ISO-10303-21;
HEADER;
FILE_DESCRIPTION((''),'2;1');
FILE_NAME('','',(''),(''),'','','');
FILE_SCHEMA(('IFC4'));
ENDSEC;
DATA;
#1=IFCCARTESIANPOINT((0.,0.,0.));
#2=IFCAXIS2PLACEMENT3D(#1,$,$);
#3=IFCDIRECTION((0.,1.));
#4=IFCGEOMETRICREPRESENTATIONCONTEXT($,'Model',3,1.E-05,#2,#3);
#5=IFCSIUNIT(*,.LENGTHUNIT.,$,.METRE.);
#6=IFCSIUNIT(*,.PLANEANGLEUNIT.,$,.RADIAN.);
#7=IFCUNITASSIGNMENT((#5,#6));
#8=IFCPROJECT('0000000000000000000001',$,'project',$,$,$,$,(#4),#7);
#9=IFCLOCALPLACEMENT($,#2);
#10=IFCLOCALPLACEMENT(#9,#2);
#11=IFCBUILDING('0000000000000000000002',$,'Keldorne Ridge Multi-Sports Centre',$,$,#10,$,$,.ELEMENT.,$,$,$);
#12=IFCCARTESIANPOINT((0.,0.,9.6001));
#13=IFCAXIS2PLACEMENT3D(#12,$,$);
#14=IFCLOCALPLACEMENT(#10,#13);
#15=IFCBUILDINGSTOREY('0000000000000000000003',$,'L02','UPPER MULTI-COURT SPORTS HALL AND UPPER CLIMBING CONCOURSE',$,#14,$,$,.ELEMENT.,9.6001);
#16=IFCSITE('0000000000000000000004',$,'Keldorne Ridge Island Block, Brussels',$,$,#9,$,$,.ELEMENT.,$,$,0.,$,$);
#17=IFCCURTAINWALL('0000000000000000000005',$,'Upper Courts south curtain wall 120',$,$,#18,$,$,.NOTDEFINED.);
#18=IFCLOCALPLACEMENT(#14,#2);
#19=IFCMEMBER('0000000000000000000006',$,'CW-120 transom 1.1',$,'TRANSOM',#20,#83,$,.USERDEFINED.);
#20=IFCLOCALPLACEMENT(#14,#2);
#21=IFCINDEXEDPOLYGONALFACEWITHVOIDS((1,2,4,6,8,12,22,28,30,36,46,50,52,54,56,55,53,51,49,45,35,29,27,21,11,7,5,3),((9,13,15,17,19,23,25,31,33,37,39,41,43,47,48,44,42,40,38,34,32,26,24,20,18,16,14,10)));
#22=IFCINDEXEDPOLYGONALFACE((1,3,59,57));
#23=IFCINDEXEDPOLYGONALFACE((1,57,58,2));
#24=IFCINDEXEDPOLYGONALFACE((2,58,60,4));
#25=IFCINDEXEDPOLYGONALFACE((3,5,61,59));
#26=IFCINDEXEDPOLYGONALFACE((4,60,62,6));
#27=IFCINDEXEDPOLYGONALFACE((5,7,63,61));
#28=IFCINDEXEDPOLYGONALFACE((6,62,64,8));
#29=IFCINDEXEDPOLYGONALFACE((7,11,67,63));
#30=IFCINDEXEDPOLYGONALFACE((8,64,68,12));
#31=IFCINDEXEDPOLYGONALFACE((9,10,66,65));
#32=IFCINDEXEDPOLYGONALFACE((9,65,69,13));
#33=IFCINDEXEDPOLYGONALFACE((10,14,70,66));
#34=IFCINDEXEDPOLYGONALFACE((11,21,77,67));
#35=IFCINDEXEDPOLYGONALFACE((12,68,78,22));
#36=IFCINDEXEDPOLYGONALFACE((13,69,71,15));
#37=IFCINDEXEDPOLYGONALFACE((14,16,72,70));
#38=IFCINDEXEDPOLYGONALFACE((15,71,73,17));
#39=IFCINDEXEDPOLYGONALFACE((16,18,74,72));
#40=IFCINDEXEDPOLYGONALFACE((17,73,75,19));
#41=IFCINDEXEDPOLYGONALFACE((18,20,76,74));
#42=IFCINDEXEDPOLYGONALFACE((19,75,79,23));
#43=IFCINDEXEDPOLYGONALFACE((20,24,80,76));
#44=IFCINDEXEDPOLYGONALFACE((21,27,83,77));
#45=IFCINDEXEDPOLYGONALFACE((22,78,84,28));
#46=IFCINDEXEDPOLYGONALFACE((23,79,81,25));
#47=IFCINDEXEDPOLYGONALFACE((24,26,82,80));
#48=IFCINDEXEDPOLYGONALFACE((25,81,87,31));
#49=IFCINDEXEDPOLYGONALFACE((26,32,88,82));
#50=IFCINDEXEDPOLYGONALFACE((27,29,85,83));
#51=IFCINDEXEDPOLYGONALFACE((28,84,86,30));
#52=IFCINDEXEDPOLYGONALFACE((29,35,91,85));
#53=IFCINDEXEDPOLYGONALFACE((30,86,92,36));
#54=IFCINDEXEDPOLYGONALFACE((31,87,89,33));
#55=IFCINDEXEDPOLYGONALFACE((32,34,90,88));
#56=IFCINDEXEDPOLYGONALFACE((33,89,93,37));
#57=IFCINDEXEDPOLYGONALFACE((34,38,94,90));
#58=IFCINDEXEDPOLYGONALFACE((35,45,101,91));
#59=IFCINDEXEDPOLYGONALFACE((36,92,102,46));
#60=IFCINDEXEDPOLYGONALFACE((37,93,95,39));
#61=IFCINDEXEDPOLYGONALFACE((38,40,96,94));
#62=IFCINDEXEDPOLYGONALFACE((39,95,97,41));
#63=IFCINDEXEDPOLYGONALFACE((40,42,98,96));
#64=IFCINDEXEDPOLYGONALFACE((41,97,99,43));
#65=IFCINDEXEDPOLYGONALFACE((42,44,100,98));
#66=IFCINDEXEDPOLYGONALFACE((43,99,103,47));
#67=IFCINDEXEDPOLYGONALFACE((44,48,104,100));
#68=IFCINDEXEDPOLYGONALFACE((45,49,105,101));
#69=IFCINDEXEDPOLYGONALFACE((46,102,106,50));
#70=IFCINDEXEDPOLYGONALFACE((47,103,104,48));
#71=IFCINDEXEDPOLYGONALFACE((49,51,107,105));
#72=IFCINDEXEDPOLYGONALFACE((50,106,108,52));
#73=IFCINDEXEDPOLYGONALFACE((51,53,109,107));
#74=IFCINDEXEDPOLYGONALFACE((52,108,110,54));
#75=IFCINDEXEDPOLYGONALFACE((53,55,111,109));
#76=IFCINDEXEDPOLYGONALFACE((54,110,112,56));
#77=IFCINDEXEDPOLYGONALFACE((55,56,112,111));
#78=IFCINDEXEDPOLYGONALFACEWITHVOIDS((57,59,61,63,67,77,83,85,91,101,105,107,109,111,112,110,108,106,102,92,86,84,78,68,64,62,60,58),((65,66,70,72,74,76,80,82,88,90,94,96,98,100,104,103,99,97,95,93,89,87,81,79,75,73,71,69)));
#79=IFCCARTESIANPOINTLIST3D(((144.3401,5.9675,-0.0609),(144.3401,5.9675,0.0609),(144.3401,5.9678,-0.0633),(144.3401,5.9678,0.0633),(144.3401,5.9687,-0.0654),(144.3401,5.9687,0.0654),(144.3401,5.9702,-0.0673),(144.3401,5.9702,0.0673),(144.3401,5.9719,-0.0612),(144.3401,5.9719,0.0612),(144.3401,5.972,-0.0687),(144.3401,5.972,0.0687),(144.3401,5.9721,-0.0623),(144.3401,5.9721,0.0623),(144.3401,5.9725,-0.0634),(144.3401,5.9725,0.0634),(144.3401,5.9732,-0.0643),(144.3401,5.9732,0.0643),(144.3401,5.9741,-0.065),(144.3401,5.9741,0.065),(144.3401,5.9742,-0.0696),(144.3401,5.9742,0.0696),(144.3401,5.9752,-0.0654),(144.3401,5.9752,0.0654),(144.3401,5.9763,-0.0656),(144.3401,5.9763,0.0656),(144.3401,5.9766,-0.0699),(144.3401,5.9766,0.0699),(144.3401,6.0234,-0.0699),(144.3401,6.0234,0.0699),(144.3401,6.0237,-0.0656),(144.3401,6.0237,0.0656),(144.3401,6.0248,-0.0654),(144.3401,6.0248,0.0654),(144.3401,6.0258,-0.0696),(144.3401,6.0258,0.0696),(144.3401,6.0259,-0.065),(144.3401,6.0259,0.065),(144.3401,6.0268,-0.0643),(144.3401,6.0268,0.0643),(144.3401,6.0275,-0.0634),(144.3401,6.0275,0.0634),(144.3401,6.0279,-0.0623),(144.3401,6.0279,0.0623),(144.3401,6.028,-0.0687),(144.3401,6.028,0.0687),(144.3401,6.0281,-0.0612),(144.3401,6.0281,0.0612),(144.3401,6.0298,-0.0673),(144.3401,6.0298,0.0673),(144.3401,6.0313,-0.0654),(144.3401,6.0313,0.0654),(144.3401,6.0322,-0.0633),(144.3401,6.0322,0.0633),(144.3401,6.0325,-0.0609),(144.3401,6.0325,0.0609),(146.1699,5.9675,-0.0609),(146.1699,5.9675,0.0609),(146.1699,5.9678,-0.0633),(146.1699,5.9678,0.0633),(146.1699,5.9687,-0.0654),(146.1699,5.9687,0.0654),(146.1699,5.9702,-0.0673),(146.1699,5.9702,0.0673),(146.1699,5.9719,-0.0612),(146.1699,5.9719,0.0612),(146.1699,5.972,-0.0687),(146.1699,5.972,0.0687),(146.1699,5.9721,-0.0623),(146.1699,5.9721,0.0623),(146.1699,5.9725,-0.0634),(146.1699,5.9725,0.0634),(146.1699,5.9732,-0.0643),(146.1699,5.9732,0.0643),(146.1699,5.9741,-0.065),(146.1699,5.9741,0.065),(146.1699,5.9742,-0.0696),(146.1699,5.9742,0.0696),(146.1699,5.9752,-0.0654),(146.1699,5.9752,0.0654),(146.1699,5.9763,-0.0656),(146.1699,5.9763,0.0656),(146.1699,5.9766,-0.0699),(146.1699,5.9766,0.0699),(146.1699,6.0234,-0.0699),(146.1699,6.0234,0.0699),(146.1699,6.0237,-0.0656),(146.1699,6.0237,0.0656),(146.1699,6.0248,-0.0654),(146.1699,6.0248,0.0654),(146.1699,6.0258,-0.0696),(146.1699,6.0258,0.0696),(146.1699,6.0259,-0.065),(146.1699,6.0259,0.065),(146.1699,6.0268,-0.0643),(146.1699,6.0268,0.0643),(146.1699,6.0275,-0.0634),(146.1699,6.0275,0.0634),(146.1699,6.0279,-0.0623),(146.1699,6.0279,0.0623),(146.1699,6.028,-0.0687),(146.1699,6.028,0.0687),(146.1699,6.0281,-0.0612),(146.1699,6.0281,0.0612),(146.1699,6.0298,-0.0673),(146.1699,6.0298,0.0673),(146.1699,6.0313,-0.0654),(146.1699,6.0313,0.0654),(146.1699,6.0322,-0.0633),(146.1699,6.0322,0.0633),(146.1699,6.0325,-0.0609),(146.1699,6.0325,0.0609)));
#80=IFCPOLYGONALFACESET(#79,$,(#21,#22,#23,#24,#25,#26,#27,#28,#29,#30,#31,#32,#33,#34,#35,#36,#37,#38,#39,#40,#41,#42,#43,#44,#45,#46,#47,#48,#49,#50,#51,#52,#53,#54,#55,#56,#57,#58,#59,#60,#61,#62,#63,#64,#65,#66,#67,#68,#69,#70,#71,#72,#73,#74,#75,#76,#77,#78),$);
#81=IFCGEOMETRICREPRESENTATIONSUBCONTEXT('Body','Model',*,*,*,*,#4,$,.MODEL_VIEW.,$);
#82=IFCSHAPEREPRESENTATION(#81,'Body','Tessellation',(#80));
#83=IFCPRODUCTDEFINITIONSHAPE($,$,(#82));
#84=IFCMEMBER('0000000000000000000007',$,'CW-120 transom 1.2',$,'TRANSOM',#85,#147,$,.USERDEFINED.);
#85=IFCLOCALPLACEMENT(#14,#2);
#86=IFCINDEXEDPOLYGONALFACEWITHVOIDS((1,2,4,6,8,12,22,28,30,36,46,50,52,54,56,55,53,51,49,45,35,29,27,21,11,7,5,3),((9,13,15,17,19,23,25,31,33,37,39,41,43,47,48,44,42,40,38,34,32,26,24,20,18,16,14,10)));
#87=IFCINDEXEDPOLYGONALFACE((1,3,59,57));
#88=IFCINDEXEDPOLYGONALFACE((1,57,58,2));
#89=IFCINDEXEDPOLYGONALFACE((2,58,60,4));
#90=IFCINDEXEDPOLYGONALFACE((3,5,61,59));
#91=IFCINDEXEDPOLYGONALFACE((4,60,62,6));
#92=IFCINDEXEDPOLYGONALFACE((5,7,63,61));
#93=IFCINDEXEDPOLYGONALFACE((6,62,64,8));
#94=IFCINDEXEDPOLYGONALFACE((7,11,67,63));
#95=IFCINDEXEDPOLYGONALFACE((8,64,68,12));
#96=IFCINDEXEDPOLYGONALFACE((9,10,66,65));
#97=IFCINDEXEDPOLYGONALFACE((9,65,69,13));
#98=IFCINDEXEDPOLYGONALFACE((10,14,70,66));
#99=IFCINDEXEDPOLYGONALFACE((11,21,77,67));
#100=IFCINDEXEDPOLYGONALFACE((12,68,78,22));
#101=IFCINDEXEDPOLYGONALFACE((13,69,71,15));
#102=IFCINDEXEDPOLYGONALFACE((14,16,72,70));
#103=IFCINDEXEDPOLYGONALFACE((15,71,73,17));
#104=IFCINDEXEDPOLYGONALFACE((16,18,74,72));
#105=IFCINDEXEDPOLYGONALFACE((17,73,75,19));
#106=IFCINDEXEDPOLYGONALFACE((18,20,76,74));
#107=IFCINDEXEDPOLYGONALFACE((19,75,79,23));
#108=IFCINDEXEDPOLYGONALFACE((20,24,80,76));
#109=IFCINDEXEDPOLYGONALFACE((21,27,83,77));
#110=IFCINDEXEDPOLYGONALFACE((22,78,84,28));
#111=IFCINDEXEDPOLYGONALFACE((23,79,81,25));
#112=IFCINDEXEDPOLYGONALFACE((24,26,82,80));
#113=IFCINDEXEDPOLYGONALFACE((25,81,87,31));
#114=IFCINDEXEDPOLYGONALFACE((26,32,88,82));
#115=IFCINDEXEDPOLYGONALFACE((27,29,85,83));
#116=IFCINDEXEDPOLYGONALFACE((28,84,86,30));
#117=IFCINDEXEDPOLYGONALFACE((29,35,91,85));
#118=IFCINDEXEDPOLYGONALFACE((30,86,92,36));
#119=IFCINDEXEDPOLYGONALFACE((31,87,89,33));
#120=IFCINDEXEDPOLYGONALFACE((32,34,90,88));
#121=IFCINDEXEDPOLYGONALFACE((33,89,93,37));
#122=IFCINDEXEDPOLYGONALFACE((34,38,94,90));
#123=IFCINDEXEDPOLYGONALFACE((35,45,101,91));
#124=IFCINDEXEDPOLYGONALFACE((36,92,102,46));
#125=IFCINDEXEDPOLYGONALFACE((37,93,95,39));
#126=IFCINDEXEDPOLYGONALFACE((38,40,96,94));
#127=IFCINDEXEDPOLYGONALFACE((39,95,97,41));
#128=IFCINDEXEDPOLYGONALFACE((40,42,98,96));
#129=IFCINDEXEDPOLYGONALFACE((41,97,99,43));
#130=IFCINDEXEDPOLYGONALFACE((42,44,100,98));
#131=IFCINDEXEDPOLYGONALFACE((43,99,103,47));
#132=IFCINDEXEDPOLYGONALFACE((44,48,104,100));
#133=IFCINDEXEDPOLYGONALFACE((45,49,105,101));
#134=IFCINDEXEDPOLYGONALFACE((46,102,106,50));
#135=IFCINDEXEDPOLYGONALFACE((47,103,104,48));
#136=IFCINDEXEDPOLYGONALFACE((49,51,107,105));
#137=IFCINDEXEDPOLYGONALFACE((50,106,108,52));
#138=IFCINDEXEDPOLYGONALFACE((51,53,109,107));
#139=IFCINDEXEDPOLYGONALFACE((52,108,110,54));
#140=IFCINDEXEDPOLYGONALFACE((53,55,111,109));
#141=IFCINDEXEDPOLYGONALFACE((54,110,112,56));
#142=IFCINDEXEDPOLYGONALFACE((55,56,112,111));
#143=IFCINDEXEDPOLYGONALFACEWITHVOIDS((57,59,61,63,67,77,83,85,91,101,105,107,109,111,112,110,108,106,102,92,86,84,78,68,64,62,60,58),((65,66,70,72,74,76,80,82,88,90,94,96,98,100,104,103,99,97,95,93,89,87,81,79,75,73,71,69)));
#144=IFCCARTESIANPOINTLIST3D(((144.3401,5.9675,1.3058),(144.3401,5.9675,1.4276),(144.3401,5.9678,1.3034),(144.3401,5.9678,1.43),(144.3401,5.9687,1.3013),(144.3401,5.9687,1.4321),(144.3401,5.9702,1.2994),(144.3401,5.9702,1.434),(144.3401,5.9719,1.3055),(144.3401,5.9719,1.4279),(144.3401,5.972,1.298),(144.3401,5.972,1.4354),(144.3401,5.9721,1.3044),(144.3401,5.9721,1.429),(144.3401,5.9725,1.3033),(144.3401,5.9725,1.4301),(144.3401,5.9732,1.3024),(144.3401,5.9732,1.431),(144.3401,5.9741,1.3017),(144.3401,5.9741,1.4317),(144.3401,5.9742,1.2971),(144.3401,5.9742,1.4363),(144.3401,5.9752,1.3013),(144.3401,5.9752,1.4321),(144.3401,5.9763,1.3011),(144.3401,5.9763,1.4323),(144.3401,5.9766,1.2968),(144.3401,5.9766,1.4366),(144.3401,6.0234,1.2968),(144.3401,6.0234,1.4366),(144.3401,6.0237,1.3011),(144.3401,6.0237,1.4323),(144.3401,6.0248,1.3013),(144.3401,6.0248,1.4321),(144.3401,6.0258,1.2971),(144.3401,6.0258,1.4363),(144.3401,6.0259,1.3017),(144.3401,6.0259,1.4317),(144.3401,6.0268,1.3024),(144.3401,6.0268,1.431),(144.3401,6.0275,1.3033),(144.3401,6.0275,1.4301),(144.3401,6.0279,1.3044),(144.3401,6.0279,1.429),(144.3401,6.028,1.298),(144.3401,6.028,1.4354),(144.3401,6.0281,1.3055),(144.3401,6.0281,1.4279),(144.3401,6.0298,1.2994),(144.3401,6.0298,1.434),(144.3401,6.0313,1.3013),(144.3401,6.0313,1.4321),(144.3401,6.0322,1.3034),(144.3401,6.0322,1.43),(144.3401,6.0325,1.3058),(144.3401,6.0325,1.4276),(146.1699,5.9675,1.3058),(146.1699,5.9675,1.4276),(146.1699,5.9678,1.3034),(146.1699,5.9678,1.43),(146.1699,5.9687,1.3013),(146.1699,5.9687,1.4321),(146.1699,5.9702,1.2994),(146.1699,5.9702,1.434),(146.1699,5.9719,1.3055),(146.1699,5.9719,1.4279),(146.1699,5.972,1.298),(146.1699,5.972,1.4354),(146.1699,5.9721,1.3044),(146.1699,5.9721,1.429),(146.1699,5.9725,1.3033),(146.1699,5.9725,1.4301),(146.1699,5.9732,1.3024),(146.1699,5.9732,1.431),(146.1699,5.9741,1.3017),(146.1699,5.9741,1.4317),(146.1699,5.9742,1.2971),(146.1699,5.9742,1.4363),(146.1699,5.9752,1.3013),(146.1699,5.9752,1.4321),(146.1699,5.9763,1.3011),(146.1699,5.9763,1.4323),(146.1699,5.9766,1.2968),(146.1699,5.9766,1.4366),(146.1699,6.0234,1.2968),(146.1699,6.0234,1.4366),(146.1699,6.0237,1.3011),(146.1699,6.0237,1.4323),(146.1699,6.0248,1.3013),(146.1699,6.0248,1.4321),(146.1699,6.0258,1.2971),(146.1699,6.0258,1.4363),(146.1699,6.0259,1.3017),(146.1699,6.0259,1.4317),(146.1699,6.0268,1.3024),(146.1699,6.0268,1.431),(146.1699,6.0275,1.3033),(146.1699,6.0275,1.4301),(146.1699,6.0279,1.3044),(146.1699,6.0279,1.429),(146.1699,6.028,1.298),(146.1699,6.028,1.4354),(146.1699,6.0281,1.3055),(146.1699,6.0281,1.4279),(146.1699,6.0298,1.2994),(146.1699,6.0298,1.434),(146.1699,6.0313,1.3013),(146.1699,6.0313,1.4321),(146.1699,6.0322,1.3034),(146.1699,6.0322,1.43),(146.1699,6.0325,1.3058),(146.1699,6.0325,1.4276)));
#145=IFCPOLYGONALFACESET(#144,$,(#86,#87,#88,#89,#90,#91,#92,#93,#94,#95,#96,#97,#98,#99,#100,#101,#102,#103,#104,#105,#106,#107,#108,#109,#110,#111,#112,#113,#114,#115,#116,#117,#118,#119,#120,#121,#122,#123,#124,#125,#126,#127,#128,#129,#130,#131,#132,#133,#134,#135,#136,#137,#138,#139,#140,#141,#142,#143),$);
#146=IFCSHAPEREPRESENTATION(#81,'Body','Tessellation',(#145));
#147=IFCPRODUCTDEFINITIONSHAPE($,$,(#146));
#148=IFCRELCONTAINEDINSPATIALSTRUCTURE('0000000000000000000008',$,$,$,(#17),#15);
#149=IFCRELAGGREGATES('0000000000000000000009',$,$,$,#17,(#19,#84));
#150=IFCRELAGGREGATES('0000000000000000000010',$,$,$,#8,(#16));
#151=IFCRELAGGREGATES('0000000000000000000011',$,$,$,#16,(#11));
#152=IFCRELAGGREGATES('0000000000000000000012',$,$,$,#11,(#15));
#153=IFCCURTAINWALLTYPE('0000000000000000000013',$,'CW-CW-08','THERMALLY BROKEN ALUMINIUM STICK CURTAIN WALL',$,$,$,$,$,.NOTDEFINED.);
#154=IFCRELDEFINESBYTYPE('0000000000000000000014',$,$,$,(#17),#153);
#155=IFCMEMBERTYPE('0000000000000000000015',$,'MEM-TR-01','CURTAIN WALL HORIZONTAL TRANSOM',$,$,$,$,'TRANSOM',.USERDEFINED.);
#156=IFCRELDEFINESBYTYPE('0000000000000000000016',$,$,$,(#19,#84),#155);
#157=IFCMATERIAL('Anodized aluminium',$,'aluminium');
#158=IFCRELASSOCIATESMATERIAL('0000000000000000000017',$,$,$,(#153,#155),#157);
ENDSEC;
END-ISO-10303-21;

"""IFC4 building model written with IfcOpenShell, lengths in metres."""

from ifc_helpers import new_model, si_unit, direction, frame, origin, origin_2d, place, context, subcontext, project, spatial, hollow_rectangle, extrude, material, material_profile, profile_set, type_object, element, aggregate, save


model = new_model("IFC4")

# Units and contexts
model_context = context("Model", 3, precision=1e-05, world=origin(), true_north=direction((0.0, 1.0)))
body_context = subcontext(model_context, "Body", "Model", "MODEL_VIEW")
ifc_project = project(units=[si_unit("LENGTHUNIT", "METRE"), si_unit("PLANEANGLEUNIT", "RADIAN")], contexts=[model_context])

# Site, building, storey
site_placement = place(None, origin())
site = spatial("IfcSite", under=ifc_project, at=site_placement, Name="Keldorne Ridge Island Block, Brussels", CompositionType="ELEMENT", RefElevation=0.0)
building_placement = place(site_placement, origin())
building = spatial("IfcBuilding", under=site, at=building_placement, Name="Keldorne Ridge Multi-Sports Centre", CompositionType="ELEMENT")
storey_placement = place(building_placement, frame((0.0, 0.0, 9.6001)))
storey = spatial("IfcBuildingStorey", under=building, at=storey_placement, Name="L02", Description="UPPER MULTI-COURT SPORTS HALL AND UPPER CLIMBING CONCOURSE", CompositionType="ELEMENT", Elevation=9.6001)

# Shared definitions
ifc_material_1 = material(Name="Anodized aluminium", Category="aluminium")

# Curtain wall
curtain_wall_type_1 = type_object("IfcCurtainWallType", Name="CW-CW-08", Description="THERMALLY BROKEN ALUMINIUM STICK CURTAIN WALL", PredefinedType="NOTDEFINED", material=ifc_material_1)
curtain_wall_1_placement = place(storey_placement, origin())
curtain_wall_1 = element("IfcCurtainWall", 1, at=curtain_wall_1_placement, inside=storey, type_object=curtain_wall_type_1, Name="Upper Courts south curtain wall 120", PredefinedType="NOTDEFINED")

# Members
ifc_material_profile_1 = material_profile(ifc_material_1, hollow_rectangle(XDim=0.0649, YDim=0.1399, WallThickness=0.0044, InnerFilletRadius=0.0044, OuterFilletRadius=0.009, at=origin_2d()), Name="ALU TRANSOM 140x65x4.5")
ifc_profile_set_1 = profile_set([ifc_material_profile_1], Name="Anodized aluminium")
member_type_1 = type_object("IfcMemberType", Name="MEM-TR-01", Description="CURTAIN WALL HORIZONTAL TRANSOM", ElementType="TRANSOM", PredefinedType="USERDEFINED", material=ifc_profile_set_1)
member_1_placement = place(storey_placement, frame((144.3401, 6.0, 0.0), z_axis=(1.0, 0.0, 0.0), x_axis=(0.0, 1.0, 0.0)))
member_1 = element("IfcMember", 2, at=member_1_placement, type_object=member_type_1, Name="CW-120 transom 1.1", ObjectType="TRANSOM", PredefinedType="USERDEFINED", context=body_context, shape_type="SweptSolid", body=[
    extrude(hollow_rectangle(XDim=0.0649, YDim=0.1399, WallThickness=0.0044, InnerFilletRadius=0.0044, OuterFilletRadius=0.009, at=origin_2d()), origin(), (0.0, 0.0, 1.0), 1.8298),
])
member_2_placement = place(storey_placement, frame((144.3401, 6.0, 1.3667), z_axis=(1.0, 0.0, 0.0), x_axis=(0.0, 1.0, 0.0)))
member_2 = element("IfcMember", 3, at=member_2_placement, type_object=member_type_1, Name="CW-120 transom 1.2", ObjectType="TRANSOM", PredefinedType="USERDEFINED", context=body_context, shape_type="SweptSolid", body=[
    extrude(hollow_rectangle(XDim=0.0649, YDim=0.1399, WallThickness=0.0044, InnerFilletRadius=0.0044, OuterFilletRadius=0.009, at=origin_2d()), origin(), (0.0, 0.0, 1.0), 1.8298),
])

aggregate(curtain_wall_1, [member_1, member_2])

save(model, "model.ifc")
